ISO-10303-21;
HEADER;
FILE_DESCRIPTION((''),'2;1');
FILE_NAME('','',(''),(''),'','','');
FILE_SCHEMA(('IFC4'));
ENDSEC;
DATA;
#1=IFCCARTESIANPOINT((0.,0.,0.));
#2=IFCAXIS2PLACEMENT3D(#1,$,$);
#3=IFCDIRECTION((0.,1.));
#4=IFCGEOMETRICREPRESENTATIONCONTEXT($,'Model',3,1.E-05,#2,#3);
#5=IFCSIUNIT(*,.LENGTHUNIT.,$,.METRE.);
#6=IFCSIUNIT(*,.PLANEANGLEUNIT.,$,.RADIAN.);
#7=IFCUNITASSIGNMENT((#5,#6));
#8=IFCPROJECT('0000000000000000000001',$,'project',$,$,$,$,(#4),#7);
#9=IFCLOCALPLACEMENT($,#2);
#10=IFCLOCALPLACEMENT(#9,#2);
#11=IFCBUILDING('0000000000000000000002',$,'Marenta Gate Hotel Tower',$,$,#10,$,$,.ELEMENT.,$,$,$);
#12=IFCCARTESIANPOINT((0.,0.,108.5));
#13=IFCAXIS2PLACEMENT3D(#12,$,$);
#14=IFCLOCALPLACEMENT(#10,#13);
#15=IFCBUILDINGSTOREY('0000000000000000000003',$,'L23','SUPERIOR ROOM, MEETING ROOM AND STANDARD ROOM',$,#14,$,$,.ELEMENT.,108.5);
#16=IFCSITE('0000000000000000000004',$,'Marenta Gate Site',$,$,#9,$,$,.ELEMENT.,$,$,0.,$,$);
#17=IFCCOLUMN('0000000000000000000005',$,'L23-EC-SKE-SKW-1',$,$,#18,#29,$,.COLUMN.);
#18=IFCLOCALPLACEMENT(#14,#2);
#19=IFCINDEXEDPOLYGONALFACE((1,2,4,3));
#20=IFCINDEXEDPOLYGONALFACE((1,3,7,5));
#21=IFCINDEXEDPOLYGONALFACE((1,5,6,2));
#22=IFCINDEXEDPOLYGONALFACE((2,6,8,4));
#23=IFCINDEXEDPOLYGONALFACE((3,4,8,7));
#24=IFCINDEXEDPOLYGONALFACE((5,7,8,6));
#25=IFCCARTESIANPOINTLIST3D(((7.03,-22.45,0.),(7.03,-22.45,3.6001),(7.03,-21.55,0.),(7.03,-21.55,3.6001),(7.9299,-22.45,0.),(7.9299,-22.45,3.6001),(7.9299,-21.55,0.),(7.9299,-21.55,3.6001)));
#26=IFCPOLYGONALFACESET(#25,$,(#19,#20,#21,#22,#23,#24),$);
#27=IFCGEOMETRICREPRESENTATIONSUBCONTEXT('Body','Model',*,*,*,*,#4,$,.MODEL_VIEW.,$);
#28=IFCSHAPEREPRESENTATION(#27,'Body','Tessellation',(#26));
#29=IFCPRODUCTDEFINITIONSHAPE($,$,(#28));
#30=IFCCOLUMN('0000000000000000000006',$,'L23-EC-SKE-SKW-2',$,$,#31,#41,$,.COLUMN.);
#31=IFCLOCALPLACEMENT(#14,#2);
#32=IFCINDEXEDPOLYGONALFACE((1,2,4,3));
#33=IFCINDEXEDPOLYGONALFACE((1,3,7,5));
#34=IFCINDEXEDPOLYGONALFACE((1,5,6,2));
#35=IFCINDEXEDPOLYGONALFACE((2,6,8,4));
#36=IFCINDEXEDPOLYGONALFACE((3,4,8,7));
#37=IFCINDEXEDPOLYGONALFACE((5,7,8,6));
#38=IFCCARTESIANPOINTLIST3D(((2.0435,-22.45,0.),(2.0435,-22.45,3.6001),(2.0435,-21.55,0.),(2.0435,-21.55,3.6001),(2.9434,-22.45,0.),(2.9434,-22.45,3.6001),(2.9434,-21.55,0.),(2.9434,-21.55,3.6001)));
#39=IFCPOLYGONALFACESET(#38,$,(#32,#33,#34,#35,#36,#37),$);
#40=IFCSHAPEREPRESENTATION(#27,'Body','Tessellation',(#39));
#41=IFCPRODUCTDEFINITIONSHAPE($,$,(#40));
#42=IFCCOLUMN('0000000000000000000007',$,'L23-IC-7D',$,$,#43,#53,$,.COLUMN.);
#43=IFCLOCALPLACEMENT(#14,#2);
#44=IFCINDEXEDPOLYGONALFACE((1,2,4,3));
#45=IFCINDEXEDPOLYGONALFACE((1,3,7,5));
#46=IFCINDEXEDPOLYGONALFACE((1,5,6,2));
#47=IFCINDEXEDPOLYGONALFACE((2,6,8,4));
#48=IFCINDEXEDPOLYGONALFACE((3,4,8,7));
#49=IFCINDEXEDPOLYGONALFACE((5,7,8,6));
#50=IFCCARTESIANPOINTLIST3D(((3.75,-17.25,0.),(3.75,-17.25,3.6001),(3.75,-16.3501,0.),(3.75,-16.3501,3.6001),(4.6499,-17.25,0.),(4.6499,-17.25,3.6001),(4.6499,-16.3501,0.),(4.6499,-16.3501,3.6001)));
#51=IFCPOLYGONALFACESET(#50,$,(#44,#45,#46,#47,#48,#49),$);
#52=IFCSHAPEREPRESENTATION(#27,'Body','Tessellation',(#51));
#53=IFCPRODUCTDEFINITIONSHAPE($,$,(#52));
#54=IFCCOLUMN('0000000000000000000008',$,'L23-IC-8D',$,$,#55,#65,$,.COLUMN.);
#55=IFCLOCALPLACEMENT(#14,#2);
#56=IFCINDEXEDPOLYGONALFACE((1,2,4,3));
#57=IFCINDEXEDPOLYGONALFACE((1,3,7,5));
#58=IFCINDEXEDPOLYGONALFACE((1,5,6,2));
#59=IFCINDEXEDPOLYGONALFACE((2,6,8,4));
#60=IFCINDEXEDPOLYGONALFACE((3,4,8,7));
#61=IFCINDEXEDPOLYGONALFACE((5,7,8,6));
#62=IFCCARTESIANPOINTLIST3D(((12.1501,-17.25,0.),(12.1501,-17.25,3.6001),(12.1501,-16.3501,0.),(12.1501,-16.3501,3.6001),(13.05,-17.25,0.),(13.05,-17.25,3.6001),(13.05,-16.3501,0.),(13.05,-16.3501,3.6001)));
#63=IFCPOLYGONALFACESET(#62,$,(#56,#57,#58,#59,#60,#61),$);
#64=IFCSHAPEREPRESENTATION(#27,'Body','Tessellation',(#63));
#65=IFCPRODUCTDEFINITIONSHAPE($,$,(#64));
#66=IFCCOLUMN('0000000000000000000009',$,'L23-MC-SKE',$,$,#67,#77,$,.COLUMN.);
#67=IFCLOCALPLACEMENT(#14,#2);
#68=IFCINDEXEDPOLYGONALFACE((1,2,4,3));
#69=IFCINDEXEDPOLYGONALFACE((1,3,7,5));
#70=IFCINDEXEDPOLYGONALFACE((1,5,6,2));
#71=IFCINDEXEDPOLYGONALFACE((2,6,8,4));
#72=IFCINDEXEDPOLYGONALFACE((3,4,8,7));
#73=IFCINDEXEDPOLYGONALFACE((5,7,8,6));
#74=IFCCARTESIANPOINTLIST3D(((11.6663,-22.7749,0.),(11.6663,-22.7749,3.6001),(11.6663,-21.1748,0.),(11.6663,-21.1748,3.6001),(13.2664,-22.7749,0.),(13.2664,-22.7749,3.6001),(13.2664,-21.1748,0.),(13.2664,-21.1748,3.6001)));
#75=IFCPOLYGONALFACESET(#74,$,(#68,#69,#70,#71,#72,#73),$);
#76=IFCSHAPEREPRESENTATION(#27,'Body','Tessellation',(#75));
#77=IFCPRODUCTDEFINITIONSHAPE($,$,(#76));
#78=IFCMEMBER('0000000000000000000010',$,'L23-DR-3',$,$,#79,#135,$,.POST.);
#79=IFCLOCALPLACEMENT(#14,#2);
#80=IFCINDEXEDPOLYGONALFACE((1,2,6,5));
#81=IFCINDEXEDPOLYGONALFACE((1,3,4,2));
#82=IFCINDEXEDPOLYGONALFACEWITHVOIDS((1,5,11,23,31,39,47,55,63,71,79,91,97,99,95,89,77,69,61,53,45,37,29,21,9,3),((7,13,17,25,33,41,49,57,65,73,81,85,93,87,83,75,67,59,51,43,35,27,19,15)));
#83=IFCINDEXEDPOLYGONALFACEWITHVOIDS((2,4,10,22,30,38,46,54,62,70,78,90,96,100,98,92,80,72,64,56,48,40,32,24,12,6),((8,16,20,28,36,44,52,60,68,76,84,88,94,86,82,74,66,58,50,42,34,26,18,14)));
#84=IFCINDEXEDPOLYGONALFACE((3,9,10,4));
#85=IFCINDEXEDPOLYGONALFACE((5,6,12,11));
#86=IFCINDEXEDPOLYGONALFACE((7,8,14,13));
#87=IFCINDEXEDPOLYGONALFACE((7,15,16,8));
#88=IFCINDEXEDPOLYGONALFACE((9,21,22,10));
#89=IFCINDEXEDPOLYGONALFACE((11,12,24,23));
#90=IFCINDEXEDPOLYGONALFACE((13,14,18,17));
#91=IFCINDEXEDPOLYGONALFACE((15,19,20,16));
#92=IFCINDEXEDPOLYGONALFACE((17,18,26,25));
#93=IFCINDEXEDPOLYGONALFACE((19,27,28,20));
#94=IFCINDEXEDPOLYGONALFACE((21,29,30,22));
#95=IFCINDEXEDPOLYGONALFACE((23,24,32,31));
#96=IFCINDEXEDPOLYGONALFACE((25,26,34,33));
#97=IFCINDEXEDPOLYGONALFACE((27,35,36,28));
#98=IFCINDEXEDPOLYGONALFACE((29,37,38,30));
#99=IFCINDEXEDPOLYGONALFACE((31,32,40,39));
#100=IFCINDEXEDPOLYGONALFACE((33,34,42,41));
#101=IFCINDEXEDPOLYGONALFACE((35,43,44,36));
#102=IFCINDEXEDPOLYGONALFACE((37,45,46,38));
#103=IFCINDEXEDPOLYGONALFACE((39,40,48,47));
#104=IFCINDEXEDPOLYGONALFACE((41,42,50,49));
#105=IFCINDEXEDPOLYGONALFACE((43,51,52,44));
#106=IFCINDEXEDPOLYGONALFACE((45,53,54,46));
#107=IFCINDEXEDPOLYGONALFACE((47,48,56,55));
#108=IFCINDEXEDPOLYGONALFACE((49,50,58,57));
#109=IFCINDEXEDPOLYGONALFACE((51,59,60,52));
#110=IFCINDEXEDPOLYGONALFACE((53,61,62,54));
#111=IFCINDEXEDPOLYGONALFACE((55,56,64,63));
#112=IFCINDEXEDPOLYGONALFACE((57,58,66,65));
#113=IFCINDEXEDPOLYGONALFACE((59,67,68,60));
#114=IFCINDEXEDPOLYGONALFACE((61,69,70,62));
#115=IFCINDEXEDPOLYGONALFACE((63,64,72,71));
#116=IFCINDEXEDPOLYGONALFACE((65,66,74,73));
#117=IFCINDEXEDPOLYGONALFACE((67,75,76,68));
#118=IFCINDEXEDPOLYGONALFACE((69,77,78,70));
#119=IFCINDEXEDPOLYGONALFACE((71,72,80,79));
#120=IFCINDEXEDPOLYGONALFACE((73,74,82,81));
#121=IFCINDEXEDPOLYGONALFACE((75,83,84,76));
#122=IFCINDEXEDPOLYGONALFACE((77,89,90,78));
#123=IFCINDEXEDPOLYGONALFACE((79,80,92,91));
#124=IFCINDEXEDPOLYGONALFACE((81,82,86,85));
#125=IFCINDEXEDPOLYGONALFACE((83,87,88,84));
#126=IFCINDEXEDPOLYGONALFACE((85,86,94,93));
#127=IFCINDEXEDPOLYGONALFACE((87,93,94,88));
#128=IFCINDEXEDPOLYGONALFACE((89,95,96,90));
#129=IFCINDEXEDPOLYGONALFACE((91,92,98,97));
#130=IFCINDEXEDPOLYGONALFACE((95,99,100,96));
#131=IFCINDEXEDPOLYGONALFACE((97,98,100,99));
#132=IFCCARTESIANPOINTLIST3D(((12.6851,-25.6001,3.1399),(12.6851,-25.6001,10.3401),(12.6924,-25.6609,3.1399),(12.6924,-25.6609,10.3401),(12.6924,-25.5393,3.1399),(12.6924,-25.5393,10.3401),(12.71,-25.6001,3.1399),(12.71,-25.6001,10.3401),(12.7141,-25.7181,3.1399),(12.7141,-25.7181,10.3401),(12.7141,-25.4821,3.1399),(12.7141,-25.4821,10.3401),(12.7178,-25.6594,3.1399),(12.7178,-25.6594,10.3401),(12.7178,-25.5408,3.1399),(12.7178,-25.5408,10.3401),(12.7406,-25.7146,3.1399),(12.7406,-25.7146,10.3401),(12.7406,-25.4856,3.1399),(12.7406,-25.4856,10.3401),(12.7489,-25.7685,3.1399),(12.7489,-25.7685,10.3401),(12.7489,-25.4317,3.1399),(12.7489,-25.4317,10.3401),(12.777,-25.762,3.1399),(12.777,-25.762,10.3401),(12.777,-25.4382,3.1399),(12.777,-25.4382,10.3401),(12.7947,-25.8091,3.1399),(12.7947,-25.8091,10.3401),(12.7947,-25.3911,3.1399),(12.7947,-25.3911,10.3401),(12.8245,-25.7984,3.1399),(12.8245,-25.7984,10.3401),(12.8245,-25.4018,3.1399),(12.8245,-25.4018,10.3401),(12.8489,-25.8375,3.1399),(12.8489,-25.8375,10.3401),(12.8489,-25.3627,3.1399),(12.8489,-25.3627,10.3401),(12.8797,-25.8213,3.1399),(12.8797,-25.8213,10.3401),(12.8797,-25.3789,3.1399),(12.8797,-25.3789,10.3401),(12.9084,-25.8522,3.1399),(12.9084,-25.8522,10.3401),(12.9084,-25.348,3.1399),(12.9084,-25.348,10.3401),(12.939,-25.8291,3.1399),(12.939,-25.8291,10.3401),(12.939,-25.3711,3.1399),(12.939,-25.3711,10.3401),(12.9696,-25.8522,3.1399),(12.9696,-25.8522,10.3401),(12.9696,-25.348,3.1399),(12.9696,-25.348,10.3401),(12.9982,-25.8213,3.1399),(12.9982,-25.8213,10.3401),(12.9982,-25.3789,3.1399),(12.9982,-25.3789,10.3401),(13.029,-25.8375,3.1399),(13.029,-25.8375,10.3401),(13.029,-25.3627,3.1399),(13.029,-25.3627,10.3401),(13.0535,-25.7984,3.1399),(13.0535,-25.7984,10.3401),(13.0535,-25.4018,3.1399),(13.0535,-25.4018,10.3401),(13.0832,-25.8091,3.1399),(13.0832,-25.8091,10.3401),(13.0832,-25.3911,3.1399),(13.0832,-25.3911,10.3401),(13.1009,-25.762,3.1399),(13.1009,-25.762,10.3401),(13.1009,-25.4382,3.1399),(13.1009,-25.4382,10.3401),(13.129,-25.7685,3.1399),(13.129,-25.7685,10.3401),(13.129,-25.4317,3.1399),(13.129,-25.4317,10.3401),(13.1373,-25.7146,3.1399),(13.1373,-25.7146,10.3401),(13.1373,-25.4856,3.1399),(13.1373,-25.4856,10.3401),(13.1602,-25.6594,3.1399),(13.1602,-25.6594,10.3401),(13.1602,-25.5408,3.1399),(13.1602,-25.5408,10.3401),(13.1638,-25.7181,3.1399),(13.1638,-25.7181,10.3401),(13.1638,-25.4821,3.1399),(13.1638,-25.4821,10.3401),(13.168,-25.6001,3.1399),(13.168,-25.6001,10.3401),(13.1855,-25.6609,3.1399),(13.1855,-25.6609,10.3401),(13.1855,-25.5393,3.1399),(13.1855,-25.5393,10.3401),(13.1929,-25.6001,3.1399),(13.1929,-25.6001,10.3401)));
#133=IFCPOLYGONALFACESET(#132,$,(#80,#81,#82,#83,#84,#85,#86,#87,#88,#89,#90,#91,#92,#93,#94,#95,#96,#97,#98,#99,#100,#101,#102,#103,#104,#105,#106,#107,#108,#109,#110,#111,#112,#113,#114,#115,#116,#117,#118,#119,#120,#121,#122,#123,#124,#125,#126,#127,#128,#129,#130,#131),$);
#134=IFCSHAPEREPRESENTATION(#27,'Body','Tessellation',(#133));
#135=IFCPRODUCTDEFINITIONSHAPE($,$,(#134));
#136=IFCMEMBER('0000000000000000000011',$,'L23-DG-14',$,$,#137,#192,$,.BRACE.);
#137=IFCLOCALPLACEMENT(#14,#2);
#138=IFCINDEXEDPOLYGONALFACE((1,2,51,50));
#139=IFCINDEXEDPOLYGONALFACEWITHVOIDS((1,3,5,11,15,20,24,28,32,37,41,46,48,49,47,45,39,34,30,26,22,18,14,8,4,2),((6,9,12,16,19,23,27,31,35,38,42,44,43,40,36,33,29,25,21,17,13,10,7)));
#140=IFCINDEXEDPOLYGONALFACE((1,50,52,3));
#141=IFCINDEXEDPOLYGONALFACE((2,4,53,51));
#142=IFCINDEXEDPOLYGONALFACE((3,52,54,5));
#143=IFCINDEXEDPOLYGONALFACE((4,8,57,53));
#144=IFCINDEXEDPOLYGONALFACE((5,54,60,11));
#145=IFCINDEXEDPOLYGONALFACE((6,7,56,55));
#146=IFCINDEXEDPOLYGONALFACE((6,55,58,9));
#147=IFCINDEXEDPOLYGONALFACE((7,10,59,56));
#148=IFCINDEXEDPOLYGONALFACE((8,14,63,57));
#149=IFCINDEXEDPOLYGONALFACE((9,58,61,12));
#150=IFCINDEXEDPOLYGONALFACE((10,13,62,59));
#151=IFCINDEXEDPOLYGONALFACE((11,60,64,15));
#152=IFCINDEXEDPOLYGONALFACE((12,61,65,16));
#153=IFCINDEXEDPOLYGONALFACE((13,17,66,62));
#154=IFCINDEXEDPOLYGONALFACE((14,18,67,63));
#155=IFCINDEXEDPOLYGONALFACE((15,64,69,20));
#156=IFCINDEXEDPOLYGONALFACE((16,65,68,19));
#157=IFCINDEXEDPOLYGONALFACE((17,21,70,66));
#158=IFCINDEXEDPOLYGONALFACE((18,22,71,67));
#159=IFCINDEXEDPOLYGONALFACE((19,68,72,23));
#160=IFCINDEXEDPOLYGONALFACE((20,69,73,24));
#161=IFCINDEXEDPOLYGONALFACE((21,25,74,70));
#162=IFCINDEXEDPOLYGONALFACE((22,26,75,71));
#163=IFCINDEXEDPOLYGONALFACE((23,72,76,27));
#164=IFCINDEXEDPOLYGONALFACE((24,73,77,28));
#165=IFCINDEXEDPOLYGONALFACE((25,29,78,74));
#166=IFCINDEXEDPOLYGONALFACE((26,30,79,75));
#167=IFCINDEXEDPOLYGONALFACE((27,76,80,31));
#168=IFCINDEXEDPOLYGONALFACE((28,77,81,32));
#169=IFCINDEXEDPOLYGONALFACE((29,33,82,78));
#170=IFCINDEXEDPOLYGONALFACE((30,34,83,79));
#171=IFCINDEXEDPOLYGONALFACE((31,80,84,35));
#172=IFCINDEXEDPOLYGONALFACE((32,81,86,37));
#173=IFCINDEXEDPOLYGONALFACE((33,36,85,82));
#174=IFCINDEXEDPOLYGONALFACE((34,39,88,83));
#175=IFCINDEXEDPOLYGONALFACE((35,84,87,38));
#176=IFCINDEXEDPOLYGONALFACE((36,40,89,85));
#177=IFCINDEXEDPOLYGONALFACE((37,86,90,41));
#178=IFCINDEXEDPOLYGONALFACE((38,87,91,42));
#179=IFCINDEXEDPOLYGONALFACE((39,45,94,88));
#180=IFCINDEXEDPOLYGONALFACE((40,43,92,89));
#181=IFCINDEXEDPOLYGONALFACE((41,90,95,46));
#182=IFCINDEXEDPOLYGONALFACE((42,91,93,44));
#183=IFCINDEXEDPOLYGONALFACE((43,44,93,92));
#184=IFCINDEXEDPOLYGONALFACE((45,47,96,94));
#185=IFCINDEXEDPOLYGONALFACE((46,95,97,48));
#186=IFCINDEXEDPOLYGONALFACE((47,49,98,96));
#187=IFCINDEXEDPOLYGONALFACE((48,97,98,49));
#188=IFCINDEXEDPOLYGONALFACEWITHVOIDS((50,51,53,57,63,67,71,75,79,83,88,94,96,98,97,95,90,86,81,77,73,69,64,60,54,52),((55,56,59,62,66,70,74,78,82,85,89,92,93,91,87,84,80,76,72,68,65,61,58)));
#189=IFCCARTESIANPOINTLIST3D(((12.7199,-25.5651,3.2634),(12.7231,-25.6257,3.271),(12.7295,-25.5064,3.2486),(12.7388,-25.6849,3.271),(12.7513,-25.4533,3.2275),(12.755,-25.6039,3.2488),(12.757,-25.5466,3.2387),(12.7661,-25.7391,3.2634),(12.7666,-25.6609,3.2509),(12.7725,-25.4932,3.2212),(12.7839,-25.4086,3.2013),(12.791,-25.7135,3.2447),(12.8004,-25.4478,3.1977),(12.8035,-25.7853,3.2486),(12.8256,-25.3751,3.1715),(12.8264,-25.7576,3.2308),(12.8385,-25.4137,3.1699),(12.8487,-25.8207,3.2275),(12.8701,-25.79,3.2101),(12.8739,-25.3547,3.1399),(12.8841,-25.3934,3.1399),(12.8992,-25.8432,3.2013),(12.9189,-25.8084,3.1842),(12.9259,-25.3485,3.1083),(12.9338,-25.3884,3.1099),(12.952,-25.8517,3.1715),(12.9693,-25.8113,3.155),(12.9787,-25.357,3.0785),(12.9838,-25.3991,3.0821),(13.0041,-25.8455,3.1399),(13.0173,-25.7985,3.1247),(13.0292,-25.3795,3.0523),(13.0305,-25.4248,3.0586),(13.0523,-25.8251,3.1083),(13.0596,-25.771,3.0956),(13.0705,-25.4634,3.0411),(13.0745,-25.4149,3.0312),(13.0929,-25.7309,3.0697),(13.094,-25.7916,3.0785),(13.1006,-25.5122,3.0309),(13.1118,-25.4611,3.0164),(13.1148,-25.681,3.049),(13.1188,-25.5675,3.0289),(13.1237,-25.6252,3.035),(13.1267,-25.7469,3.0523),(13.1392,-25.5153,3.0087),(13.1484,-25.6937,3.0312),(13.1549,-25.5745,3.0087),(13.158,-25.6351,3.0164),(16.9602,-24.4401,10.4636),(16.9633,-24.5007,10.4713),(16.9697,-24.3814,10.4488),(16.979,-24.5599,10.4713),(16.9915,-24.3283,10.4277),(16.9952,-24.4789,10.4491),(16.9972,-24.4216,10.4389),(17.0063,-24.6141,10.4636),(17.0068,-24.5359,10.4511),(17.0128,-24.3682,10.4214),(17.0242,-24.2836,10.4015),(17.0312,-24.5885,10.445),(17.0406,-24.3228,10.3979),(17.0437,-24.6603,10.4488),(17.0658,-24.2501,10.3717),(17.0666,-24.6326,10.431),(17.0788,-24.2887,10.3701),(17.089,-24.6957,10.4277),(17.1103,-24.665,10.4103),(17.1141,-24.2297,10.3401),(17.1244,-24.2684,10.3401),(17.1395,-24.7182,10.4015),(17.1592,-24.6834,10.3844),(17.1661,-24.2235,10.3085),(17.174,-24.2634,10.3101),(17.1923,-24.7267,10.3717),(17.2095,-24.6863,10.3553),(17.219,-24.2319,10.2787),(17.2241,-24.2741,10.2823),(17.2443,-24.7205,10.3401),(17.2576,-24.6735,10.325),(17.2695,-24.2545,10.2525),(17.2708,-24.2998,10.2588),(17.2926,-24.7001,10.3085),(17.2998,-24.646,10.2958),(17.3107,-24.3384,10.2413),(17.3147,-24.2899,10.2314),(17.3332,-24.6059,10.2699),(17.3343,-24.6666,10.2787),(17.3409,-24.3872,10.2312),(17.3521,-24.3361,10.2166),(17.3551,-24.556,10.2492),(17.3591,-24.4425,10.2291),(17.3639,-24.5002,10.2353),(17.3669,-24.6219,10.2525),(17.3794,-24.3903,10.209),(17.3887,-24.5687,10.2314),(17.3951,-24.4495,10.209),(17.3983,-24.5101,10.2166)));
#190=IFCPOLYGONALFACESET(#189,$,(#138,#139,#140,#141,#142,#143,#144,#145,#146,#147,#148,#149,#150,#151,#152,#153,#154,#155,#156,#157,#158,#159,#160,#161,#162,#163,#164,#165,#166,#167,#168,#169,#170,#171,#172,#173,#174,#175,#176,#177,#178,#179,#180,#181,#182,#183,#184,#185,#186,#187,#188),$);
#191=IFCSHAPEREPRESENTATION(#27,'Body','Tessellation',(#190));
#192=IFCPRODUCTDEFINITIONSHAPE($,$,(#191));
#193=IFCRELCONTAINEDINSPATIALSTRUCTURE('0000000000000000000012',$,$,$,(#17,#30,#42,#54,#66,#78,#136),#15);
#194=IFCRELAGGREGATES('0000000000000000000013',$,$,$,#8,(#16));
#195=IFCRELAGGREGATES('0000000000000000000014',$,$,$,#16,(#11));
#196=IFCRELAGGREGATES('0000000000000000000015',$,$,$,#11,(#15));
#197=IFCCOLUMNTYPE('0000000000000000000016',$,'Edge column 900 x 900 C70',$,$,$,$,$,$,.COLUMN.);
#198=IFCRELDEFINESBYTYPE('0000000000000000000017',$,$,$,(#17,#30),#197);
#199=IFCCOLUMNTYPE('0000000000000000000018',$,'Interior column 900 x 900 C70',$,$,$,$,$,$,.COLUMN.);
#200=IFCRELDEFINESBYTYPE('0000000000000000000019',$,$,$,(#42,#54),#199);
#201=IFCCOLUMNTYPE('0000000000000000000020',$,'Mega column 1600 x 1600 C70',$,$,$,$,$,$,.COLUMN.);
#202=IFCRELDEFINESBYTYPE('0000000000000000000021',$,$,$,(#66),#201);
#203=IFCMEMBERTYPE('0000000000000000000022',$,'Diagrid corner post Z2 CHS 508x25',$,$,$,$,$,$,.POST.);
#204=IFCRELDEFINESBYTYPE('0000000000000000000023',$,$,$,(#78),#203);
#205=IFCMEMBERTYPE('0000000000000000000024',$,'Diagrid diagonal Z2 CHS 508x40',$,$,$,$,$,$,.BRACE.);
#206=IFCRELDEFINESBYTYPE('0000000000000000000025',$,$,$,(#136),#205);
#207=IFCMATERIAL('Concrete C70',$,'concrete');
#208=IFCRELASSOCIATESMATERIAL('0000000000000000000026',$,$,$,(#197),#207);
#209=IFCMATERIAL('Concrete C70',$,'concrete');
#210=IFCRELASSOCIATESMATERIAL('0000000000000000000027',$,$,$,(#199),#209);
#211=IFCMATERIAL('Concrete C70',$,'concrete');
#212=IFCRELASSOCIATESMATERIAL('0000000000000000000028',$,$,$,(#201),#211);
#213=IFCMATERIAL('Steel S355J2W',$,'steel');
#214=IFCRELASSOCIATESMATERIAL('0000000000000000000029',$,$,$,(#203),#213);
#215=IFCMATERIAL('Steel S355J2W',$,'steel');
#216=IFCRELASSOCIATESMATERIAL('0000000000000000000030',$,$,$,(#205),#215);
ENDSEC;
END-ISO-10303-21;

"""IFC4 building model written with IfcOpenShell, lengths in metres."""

from ifc_helpers import new_model, si_unit, direction, frame, origin, origin_2d, place, context, subcontext, project, spatial, rectangle, hollow_circle, extrude, material, material_profile, profile_set, type_object, element, save


model = new_model("IFC4")

# Units and contexts
model_context = context("Model", 3, precision=1e-05, world=origin(), true_north=direction((0.0, 1.0)))
body_context = subcontext(model_context, "Body", "Model", "MODEL_VIEW")
ifc_project = project(units=[si_unit("LENGTHUNIT", "METRE"), si_unit("PLANEANGLEUNIT", "RADIAN")], contexts=[model_context])

# Site, building, storey
site_placement = place(None, origin())
site = spatial("IfcSite", under=ifc_project, at=site_placement, Name="Marenta Gate Site", CompositionType="ELEMENT", RefElevation=0.0)
building_placement = place(site_placement, origin())
building = spatial("IfcBuilding", under=site, at=building_placement, Name="Marenta Gate Hotel Tower", CompositionType="ELEMENT")
storey_placement = place(building_placement, frame((0.0, 0.0, 108.5)))
storey = spatial("IfcBuildingStorey", under=building, at=storey_placement, Name="L23", Description="SUPERIOR ROOM, MEETING ROOM AND STANDARD ROOM", CompositionType="ELEMENT", Elevation=108.5)

# Columns
ifc_material_1 = material(Name="Concrete C70", Category="concrete")
ifc_material_profile_1 = material_profile(ifc_material_1, rectangle(XDim=0.8999, YDim=0.8999, at=origin_2d()), Name="900 x 900")
ifc_profile_set_1 = profile_set([ifc_material_profile_1], Name="Concrete C70")
column_type_1 = type_object("IfcColumnType", Name="Edge column 900 x 900 C70", PredefinedType="COLUMN", material=ifc_profile_set_1)
for number, where, z_axis, x_axis, name in (
    (1, (7.48, -22.0, 0.0), (0.0, 0.0, 1.0), (1.0, 0.0, 0.0), "L23-EC-SKE-SKW-1"),
    (2, (2.4934, -22.0, 0.0), (0.0, 0.0, 1.0), (1.0, 0.0, 0.0), "L23-EC-SKE-SKW-2"),
):
    element("IfcColumn", number, at=place(storey_placement, frame(where, z_axis=z_axis, x_axis=x_axis)), inside=storey, type_object=column_type_1, Name=name, PredefinedType="COLUMN", context=body_context, shape_type="SweptSolid", body=[
        extrude(rectangle(XDim=0.8999, YDim=0.8999, at=origin_2d()), origin(), (0.0, 0.0, 1.0), 3.6001),
    ])
ifc_material_2 = material(Name="Concrete C70", Category="concrete")
ifc_material_profile_2 = material_profile(ifc_material_2, rectangle(XDim=0.8999, YDim=0.8999, at=origin_2d()), Name="900 x 900")
ifc_profile_set_2 = profile_set([ifc_material_profile_2], Name="Concrete C70")
column_type_2 = type_object("IfcColumnType", Name="Interior column 900 x 900 C70", PredefinedType="COLUMN", material=ifc_profile_set_2)
for number, where, z_axis, x_axis, name in (
    (3, (4.2, -16.8, 0.0), (0.0, 0.0, 1.0), (1.0, 0.0, 0.0), "L23-IC-7D"),
    (4, (12.6001, -16.8, 0.0), (0.0, 0.0, 1.0), (1.0, 0.0, 0.0), "L23-IC-8D"),
):
    element("IfcColumn", number, at=place(storey_placement, frame(where, z_axis=z_axis, x_axis=x_axis)), inside=storey, type_object=column_type_2, Name=name, PredefinedType="COLUMN", context=body_context, shape_type="SweptSolid", body=[
        extrude(rectangle(XDim=0.8999, YDim=0.8999, at=origin_2d()), origin(), (0.0, 0.0, 1.0), 3.6001),
    ])
ifc_material_3 = material(Name="Concrete C70", Category="concrete")
ifc_material_profile_3 = material_profile(ifc_material_3, rectangle(XDim=1.6001, YDim=1.6001, at=origin_2d()), Name="1600 x 1600")
ifc_profile_set_3 = profile_set([ifc_material_profile_3], Name="Concrete C70")
column_type_3 = type_object("IfcColumnType", Name="Mega column 1600 x 1600 C70", PredefinedType="COLUMN", material=ifc_profile_set_3)
column_placement = place(storey_placement, frame((12.4663, -21.9749, 0.0), z_axis=(0.0, 0.0, 1.0), x_axis=(1.0, 0.0, 0.0)))
element("IfcColumn", 5, at=column_placement, inside=storey, type_object=column_type_3, Name="L23-MC-SKE", PredefinedType="COLUMN", context=body_context, shape_type="SweptSolid", body=[
    extrude(rectangle(XDim=1.6001, YDim=1.6001, at=origin_2d()), origin(), (0.0, 0.0, 1.0), 3.6001),
])

# Members
ifc_material_4 = material(Name="Steel S355J2W", Category="steel")
ifc_material_profile_4 = material_profile(ifc_material_4, hollow_circle(Radius=0.2539, WallThickness=0.0249, at=origin_2d()), Name="CHS 508x25")
ifc_profile_set_4 = profile_set([ifc_material_profile_4], Name="Steel S355J2W")
member_type_1 = type_object("IfcMemberType", Name="Diagrid corner post Z2 CHS 508x25", PredefinedType="POST", material=ifc_profile_set_4)
member_1_placement = place(storey_placement, frame((12.939, -25.6001, 3.1399), z_axis=(0.0, 0.0, 1.0), x_axis=(1.0, 0.0, 0.0)))
element("IfcMember", 6, at=member_1_placement, inside=storey, type_object=member_type_1, Name="L23-DR-3", PredefinedType="POST", context=body_context, shape_type="SweptSolid", body=[
    extrude(hollow_circle(Radius=0.2539, WallThickness=0.0249, at=origin_2d()), origin(), (0.0, 0.0, 1.0), 7.2002),
])
ifc_material_5 = material(Name="Steel S355J2W", Category="steel")
ifc_material_profile_5 = material_profile(ifc_material_5, hollow_circle(Radius=0.2539, WallThickness=0.04, at=origin_2d()), Name="CHS 508x40")
ifc_profile_set_5 = profile_set([ifc_material_profile_5], Name="Steel S355J2W")
member_type_2 = type_object("IfcMemberType", Name="Diagrid diagonal Z2 CHS 508x40", PredefinedType="BRACE", material=ifc_profile_set_5)
member_2_placement = place(storey_placement, frame((12.939, -25.6001, 3.1399), z_axis=(0.502912, 0.13343, 0.853977), x_axis=(-0.256443, 0.966559, 0.0)))
element("IfcMember", 7, at=member_2_placement, inside=storey, type_object=member_type_2, Name="L23-DG-14", PredefinedType="BRACE", context=body_context, shape_type="SweptSolid", body=[
    extrude(hollow_circle(Radius=0.2539, WallThickness=0.04, at=origin_2d()), origin(), (0.0, 0.0, 1.0), 8.4314),
])

save(model, "model.ifc")
